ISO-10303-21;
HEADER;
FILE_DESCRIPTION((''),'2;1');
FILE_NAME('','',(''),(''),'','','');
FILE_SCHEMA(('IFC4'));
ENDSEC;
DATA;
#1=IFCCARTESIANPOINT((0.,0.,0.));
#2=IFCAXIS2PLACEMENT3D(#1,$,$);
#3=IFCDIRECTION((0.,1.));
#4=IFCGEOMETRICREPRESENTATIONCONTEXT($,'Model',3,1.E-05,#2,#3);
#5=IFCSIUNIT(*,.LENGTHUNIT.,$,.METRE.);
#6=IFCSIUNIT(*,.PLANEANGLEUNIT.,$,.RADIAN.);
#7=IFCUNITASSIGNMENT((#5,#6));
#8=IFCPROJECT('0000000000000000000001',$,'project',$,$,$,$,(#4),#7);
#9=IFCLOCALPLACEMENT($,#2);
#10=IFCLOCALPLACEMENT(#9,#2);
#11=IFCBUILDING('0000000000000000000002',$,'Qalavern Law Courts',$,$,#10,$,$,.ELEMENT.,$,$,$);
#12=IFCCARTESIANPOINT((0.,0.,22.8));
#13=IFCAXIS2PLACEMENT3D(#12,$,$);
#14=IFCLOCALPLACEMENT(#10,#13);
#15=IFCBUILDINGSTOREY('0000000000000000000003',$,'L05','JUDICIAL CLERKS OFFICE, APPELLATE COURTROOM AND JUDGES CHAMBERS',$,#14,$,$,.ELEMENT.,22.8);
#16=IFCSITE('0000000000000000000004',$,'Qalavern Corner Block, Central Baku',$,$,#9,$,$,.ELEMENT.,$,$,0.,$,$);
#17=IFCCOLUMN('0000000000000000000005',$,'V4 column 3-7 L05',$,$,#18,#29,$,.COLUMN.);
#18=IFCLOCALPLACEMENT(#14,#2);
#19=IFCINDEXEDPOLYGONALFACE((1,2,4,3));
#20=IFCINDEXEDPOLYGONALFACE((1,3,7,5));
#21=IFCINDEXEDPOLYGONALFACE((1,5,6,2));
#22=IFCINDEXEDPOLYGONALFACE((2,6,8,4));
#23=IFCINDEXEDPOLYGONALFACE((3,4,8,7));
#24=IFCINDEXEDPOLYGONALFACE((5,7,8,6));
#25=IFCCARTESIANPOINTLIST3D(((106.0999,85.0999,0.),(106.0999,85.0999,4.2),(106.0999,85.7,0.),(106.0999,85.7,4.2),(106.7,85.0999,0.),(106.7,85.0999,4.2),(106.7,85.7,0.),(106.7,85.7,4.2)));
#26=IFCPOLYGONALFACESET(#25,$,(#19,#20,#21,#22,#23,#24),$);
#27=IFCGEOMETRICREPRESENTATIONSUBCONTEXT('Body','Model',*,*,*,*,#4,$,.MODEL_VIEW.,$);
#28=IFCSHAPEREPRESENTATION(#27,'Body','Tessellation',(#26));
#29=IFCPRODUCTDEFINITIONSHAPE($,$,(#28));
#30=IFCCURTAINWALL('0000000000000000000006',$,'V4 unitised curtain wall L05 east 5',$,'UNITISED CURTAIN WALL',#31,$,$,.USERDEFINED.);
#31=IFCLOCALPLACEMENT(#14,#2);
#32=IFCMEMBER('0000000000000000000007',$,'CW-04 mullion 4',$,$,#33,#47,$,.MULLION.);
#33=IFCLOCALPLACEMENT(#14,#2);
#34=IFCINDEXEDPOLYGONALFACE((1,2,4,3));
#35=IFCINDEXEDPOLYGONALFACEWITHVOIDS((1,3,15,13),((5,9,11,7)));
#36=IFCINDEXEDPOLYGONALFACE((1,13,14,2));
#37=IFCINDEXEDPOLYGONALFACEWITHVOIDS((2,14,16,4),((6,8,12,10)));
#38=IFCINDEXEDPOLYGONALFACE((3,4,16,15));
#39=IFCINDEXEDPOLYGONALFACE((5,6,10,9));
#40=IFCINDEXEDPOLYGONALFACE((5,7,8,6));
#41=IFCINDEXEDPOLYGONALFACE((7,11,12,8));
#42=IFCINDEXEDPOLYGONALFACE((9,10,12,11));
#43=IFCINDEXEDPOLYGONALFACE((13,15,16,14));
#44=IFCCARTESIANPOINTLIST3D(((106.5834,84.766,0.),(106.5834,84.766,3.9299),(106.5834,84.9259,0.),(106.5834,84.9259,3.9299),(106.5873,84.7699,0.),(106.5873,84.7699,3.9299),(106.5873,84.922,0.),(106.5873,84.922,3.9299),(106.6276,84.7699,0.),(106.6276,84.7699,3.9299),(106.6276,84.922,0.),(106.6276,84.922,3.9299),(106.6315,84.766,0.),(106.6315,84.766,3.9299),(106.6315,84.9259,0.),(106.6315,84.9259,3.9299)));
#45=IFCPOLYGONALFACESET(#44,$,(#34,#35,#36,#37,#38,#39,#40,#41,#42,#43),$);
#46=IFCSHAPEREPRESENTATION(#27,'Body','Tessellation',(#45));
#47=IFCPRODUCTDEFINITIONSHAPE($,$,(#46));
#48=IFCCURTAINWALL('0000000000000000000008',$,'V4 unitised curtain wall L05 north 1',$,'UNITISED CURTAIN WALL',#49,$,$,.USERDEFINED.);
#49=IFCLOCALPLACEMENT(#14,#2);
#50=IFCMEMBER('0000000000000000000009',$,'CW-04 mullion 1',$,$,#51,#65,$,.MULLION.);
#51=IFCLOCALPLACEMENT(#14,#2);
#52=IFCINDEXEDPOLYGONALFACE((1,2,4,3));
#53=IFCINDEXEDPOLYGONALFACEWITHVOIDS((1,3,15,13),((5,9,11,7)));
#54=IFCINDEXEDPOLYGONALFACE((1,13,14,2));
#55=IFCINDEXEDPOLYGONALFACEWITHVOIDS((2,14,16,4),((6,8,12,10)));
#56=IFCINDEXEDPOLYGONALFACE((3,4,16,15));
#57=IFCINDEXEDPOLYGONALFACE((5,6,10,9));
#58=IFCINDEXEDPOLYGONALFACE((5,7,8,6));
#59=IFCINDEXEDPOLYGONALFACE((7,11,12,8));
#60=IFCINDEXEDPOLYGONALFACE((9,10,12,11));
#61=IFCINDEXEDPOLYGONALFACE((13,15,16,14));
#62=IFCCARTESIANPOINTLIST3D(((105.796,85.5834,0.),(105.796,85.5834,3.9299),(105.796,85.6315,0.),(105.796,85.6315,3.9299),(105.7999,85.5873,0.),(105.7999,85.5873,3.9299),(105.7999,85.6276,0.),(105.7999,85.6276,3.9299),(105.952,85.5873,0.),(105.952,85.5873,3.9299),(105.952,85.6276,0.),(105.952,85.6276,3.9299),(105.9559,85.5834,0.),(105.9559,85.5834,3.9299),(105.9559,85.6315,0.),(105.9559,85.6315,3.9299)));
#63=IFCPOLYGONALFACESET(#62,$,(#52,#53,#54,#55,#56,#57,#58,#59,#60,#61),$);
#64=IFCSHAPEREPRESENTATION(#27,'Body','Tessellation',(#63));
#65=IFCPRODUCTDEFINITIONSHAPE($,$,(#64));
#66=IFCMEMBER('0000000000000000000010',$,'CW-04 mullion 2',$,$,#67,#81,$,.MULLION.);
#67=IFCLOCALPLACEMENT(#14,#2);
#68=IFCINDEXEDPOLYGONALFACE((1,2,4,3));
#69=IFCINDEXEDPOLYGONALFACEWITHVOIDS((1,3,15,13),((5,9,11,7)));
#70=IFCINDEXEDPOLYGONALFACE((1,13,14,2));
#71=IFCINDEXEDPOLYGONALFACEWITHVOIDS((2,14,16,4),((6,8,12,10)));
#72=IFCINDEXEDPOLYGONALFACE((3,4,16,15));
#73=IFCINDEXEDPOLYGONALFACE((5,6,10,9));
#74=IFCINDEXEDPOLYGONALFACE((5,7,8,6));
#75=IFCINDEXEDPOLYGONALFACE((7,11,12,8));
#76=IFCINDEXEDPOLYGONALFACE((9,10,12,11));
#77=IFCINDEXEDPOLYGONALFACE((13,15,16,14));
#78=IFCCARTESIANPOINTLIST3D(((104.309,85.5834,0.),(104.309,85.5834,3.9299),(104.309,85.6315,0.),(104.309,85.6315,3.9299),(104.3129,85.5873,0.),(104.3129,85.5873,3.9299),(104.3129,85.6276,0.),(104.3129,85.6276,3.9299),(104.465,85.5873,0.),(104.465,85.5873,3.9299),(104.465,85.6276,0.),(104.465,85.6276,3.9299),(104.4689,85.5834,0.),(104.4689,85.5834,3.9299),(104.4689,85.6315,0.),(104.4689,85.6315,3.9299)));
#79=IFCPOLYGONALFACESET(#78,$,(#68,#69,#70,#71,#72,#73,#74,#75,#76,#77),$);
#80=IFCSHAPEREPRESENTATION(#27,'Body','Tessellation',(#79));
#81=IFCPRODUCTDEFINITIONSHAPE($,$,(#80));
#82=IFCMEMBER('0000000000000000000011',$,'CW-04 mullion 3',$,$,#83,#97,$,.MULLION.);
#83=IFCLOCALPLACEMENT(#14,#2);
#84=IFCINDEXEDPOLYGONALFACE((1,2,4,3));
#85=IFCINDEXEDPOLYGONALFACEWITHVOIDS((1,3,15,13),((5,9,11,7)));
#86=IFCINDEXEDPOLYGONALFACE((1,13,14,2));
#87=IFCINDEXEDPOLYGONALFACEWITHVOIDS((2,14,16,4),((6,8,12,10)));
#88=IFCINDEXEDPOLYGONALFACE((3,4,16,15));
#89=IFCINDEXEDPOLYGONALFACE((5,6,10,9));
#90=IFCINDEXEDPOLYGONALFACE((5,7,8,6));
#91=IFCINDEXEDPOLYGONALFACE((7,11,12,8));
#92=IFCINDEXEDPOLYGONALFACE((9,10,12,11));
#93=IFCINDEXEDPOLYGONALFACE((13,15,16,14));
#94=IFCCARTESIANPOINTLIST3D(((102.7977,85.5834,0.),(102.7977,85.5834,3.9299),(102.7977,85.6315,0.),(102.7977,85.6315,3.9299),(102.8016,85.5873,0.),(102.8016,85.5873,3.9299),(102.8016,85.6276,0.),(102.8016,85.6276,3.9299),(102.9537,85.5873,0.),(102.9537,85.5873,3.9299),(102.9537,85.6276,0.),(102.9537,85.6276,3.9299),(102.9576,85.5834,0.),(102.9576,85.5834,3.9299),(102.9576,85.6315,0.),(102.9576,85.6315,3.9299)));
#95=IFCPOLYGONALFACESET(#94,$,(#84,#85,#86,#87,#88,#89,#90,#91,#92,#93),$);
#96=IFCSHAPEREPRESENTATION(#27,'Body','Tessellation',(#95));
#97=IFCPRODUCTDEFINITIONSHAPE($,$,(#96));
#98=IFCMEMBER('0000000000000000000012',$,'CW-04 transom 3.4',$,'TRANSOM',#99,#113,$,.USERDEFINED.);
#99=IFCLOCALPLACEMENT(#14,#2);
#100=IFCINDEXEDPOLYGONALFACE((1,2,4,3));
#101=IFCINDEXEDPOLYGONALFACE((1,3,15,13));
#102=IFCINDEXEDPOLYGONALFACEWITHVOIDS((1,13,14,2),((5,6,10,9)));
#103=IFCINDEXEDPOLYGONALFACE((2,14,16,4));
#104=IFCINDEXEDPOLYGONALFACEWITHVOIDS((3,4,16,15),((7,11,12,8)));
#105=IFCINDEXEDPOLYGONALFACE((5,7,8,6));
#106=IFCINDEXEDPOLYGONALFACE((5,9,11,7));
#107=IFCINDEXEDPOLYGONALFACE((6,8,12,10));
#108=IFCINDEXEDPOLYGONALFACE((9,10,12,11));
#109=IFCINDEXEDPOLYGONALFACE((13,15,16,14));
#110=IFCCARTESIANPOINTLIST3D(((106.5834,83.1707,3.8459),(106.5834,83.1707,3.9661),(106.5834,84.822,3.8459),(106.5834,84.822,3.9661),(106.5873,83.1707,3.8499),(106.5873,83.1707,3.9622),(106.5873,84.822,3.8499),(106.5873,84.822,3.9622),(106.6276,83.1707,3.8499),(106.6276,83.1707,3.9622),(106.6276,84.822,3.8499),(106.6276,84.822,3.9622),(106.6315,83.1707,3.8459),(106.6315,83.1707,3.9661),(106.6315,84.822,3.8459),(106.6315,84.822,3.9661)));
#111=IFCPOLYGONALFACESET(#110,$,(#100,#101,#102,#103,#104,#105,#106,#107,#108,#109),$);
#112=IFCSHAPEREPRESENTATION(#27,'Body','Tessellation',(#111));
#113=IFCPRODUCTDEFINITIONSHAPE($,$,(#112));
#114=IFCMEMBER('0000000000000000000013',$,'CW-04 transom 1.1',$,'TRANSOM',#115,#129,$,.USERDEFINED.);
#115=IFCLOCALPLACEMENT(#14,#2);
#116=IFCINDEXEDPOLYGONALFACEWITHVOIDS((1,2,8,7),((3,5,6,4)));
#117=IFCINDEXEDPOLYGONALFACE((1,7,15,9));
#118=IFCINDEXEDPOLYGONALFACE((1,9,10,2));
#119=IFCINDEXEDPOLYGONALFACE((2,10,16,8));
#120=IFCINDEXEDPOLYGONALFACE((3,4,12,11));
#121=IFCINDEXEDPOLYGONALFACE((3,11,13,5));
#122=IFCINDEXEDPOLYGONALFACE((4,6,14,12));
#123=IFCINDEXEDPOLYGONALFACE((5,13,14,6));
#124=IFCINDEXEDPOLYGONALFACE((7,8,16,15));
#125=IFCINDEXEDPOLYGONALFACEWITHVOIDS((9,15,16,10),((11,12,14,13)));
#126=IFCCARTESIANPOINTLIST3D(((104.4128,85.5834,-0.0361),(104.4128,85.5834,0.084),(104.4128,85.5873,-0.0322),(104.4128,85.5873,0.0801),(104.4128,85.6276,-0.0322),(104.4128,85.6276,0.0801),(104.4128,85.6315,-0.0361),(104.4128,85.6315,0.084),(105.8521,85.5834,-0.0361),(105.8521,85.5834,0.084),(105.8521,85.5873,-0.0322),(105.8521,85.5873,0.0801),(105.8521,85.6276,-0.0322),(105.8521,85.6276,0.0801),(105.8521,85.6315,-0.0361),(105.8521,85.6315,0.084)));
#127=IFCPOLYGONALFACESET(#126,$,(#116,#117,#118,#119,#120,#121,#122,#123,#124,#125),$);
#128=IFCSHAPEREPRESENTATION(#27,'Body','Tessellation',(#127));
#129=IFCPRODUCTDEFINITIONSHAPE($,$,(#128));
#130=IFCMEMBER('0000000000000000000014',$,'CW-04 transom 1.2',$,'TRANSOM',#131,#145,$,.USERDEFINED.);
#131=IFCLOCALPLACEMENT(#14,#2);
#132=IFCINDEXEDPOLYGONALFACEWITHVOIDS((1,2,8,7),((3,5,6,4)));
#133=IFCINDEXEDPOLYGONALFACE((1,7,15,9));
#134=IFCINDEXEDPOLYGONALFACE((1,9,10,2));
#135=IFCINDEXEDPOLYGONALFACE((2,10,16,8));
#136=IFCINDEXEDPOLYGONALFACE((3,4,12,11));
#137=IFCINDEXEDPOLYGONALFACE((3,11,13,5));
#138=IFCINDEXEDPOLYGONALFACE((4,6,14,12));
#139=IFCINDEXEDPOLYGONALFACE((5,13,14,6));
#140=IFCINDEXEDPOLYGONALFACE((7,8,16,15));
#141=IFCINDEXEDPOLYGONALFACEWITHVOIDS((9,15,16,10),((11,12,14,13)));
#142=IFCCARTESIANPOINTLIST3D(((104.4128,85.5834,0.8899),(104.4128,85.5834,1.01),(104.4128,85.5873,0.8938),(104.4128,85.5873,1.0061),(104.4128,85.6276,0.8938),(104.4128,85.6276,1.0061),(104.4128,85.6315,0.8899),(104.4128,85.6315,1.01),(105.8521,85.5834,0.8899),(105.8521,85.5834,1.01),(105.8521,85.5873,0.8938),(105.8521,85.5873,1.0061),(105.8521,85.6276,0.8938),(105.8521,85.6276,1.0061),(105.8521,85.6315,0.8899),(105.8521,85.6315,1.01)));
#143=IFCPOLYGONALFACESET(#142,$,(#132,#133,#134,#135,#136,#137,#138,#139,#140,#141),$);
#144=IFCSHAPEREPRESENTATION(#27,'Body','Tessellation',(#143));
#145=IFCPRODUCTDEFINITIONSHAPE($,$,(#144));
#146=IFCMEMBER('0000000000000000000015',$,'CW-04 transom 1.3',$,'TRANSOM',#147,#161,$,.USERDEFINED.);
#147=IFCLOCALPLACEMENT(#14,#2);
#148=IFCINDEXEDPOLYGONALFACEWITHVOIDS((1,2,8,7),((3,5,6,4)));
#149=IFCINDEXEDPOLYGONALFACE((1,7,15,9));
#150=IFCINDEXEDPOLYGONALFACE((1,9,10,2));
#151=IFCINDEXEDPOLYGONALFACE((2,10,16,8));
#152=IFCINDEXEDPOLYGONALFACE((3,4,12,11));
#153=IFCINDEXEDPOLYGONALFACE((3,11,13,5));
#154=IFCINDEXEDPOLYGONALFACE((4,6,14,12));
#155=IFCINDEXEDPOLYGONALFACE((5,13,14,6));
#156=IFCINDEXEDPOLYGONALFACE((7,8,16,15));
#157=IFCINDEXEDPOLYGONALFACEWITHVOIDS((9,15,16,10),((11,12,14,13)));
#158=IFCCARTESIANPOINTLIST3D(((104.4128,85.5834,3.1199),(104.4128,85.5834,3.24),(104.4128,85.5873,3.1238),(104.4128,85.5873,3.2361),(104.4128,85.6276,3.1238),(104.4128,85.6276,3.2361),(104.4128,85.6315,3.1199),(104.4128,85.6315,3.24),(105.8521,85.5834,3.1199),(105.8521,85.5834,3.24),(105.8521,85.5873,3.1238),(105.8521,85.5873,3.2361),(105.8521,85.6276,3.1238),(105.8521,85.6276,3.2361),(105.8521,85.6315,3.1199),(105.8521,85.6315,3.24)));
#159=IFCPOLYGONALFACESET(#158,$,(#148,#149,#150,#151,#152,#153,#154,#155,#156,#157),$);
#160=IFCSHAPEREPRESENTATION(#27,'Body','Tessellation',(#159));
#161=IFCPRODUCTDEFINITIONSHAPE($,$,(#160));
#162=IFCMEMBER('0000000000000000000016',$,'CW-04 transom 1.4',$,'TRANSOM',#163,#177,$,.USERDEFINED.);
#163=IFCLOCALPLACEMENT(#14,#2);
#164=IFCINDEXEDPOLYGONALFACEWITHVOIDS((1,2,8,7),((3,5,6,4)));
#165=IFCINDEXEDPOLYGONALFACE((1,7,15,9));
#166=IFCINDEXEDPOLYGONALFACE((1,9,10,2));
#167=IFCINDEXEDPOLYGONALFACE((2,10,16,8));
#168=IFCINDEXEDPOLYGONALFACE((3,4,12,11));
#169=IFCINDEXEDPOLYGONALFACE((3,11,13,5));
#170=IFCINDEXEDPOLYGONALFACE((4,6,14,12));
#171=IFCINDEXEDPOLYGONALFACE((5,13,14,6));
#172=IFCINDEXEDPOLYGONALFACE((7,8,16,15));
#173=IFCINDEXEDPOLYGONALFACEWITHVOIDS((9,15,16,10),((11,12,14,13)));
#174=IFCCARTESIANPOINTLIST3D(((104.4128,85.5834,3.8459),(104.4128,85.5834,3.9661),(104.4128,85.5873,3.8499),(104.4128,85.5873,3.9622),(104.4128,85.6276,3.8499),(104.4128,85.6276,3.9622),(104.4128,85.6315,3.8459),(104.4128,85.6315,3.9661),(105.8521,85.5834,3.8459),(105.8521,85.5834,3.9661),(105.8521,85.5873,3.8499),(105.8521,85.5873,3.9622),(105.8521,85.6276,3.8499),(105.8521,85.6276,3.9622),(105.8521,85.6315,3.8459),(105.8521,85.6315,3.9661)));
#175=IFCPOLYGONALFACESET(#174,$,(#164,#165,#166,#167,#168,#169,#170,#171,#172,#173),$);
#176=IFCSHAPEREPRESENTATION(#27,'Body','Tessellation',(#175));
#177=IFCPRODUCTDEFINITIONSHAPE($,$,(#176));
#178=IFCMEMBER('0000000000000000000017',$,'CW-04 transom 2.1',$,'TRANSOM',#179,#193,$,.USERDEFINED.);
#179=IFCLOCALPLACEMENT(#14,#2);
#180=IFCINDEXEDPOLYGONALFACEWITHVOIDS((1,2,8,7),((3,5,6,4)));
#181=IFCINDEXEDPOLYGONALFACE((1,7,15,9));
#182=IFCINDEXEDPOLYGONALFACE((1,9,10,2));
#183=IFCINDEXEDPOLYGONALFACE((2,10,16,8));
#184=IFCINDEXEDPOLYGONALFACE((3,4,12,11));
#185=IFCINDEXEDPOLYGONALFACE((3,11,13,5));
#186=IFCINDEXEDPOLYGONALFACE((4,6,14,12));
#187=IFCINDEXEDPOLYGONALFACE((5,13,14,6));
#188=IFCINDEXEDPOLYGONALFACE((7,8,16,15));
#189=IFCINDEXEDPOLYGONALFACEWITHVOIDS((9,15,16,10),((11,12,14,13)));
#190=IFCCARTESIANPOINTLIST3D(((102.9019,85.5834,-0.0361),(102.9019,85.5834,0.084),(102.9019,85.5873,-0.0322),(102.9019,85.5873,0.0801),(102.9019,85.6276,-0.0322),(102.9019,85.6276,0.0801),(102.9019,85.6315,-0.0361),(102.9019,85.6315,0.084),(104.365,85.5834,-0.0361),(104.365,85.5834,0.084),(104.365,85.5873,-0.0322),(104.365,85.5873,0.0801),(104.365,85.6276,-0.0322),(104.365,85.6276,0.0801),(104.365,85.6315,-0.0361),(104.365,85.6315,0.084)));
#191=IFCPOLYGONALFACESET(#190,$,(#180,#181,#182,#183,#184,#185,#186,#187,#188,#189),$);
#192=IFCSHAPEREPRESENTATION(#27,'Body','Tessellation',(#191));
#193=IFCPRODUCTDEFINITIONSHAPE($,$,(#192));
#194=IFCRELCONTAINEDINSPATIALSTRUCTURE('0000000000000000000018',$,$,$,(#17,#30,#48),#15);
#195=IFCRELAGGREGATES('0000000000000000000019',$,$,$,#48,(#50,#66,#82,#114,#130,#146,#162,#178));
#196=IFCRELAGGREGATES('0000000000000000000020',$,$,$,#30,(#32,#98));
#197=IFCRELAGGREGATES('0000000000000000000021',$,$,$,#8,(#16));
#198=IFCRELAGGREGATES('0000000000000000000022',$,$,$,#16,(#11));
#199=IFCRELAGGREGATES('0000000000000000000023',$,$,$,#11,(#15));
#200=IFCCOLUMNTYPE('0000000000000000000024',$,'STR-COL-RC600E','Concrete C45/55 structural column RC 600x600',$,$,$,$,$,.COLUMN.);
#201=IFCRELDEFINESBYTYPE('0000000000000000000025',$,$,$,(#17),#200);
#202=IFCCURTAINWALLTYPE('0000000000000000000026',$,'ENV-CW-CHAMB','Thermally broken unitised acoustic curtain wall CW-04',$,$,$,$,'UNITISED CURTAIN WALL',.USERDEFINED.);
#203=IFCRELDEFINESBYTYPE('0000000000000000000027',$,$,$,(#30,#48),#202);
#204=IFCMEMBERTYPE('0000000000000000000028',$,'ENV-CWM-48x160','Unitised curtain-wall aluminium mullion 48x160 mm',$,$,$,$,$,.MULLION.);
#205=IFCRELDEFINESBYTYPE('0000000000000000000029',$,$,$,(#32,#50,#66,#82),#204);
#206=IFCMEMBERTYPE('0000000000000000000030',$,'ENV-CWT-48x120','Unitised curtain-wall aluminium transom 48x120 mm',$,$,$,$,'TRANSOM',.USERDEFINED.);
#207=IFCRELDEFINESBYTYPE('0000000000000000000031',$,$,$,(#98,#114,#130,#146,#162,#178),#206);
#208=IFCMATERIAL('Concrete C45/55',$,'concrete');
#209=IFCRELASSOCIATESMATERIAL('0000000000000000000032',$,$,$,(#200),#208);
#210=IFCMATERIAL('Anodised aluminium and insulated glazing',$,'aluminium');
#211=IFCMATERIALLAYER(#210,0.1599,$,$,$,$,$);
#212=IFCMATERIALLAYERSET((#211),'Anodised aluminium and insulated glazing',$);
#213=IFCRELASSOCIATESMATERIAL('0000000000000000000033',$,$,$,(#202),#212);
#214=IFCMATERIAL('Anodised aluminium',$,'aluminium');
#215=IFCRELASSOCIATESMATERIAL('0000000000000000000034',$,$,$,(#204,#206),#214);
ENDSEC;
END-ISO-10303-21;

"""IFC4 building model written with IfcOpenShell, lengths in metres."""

from ifc_helpers import new_model, si_unit, direction, frame, origin, origin_2d, place, context, subcontext, project, spatial, rectangle, hollow_rectangle, extrude, material, layer, layer_set, material_profile, profile_set, type_object, element, aggregate, save


model = new_model("IFC4")

# Units and contexts
model_context = context("Model", 3, precision=1e-05, world=origin(), true_north=direction((0.0, 1.0)))
body_context = subcontext(model_context, "Body", "Model", "MODEL_VIEW")
ifc_project = project(units=[si_unit("LENGTHUNIT", "METRE"), si_unit("PLANEANGLEUNIT", "RADIAN")], contexts=[model_context])

# Site, building, storey
site_placement = place(None, origin())
site = spatial("IfcSite", under=ifc_project, at=site_placement, Name="Qalavern Corner Block, Central Baku", CompositionType="ELEMENT", RefElevation=0.0)
building_placement = place(site_placement, origin())
building = spatial("IfcBuilding", under=site, at=building_placement, Name="Qalavern Law Courts", CompositionType="ELEMENT")
storey_placement = place(building_placement, frame((0.0, 0.0, 22.8)))
storey = spatial("IfcBuildingStorey", under=building, at=storey_placement, Name="L05", Description="JUDICIAL CLERKS OFFICE, APPELLATE COURTROOM AND JUDGES CHAMBERS", CompositionType="ELEMENT", Elevation=22.8)

# Column
ifc_material_1 = material(Name="Concrete C45/55", Category="concrete")
ifc_material_profile_1 = material_profile(ifc_material_1, rectangle(XDim=0.6001, YDim=0.6001, at=origin_2d()), Name="RC 600x600")
ifc_profile_set_1 = profile_set([ifc_material_profile_1], Name="Concrete C45/55")
column_type = type_object("IfcColumnType", Name="STR-COL-RC600E", Description="Concrete C45/55 structural column RC 600x600", PredefinedType="COLUMN", material=ifc_profile_set_1)
column_placement = place(storey_placement, frame((106.3999, 85.3999, 0.0), z_axis=(0.0, 0.0, 1.0), x_axis=(1.0, 0.0, 0.0)))
element("IfcColumn", 1, at=column_placement, inside=storey, type_object=column_type, Name="V4 column 3-7 L05", PredefinedType="COLUMN", context=body_context, shape_type="SweptSolid", body=[
    extrude(rectangle(XDim=0.6001, YDim=0.6001, at=origin_2d()), origin(), (0.0, 0.0, 1.0), 4.2),
])

# Curtain wall, member
ifc_material_2 = material(Name="Anodised aluminium and insulated glazing", Category="aluminium")
ifc_layer_1 = layer(ifc_material_2, 0.1599)
ifc_layer_set_1 = layer_set([ifc_layer_1], Name="Anodised aluminium and insulated glazing")
curtain_wall_type = type_object("IfcCurtainWallType", Name="ENV-CW-CHAMB", Description="Thermally broken unitised acoustic curtain wall CW-04", ElementType="UNITISED CURTAIN WALL", PredefinedType="USERDEFINED", material=ifc_layer_set_1)
curtain_wall_1_placement = place(storey_placement, origin())
curtain_wall_1 = element("IfcCurtainWall", 2, at=curtain_wall_1_placement, inside=storey, type_object=curtain_wall_type, Name="V4 unitised curtain wall L05 east 5", ObjectType="UNITISED CURTAIN WALL", PredefinedType="USERDEFINED")
ifc_material_3 = material(Name="Anodised aluminium", Category="aluminium")
ifc_material_profile_2 = material_profile(ifc_material_3, hollow_rectangle(XDim=0.0481, YDim=0.1599, WallThickness=0.0039, at=origin_2d()), Name="ALU MULLION 48x160")
ifc_profile_set_2 = profile_set([ifc_material_profile_2], Name="Anodised aluminium")
member_type_1 = type_object("IfcMemberType", Name="ENV-CWM-48x160", Description="Unitised curtain-wall aluminium mullion 48x160 mm", PredefinedType="MULLION", material=ifc_profile_set_2)
member_1_placement = place(storey_placement, frame((106.6074, 84.8459, 0.0), z_axis=(0.0, 0.0, 1.0), x_axis=(-1.0, 0.0, 0.0)))
member_1 = element("IfcMember", 3, at=member_1_placement, type_object=member_type_1, Name="CW-04 mullion 4", PredefinedType="MULLION", context=body_context, shape_type="SweptSolid", body=[
    extrude(hollow_rectangle(XDim=0.0481, YDim=0.1599, WallThickness=0.0039, at=origin_2d()), origin(), (0.0, 0.0, 1.0), 3.9299),
])

# Curtain wall, members
curtain_wall_2_placement = place(storey_placement, origin())
curtain_wall_2 = element("IfcCurtainWall", 4, at=curtain_wall_2_placement, inside=storey, type_object=curtain_wall_type, Name="V4 unitised curtain wall L05 north 1", ObjectType="UNITISED CURTAIN WALL", PredefinedType="USERDEFINED")
member_2_placement = place(storey_placement, frame((105.876, 85.6074, 0.0), z_axis=(0.0, 0.0, 1.0), x_axis=(0.0, -1.0, 0.0)))
member_2 = element("IfcMember", 5, at=member_2_placement, type_object=member_type_1, Name="CW-04 mullion 1", PredefinedType="MULLION", context=body_context, shape_type="SweptSolid", body=[
    extrude(hollow_rectangle(XDim=0.0481, YDim=0.1599, WallThickness=0.0039, at=origin_2d()), origin(), (0.0, 0.0, 1.0), 3.9299),
])
member_3_placement = place(storey_placement, frame((104.3889, 85.6074, 0.0), z_axis=(0.0, 0.0, 1.0), x_axis=(0.0, -1.0, 0.0)))
member_3 = element("IfcMember", 6, at=member_3_placement, type_object=member_type_1, Name="CW-04 mullion 2", PredefinedType="MULLION", context=body_context, shape_type="SweptSolid", body=[
    extrude(hollow_rectangle(XDim=0.0481, YDim=0.1599, WallThickness=0.0039, at=origin_2d()), origin(), (0.0, 0.0, 1.0), 3.9299),
])
member_4_placement = place(storey_placement, frame((102.8777, 85.6074, 0.0), z_axis=(0.0, 0.0, 1.0), x_axis=(0.0, -1.0, 0.0)))
member_4 = element("IfcMember", 7, at=member_4_placement, type_object=member_type_1, Name="CW-04 mullion 3", PredefinedType="MULLION", context=body_context, shape_type="SweptSolid", body=[
    extrude(hollow_rectangle(XDim=0.0481, YDim=0.1599, WallThickness=0.0039, at=origin_2d()), origin(), (0.0, 0.0, 1.0), 3.9299),
])

# Members
ifc_material_profile_3 = material_profile(ifc_material_3, hollow_rectangle(XDim=0.0481, YDim=0.1201, WallThickness=0.0039, at=origin_2d()), Name="ALU TRANSOM 48x120")
ifc_profile_set_3 = profile_set([ifc_material_profile_3], Name="Anodised aluminium")
member_type_2 = type_object("IfcMemberType", Name="ENV-CWT-48x120", Description="Unitised curtain-wall aluminium transom 48x120 mm", ElementType="TRANSOM", PredefinedType="USERDEFINED", material=ifc_profile_set_3)
member_5_placement = place(storey_placement, frame((106.6074, 83.1707, 3.906), z_axis=(0.0, 1.0, 0.0), x_axis=(-1.0, 0.0, 0.0)))
member_5 = element("IfcMember", 8, at=member_5_placement, type_object=member_type_2, Name="CW-04 transom 3.4", ObjectType="TRANSOM", PredefinedType="USERDEFINED", context=body_context, shape_type="SweptSolid", body=[
    extrude(hollow_rectangle(XDim=0.0481, YDim=0.1201, WallThickness=0.0039, at=origin_2d()), origin(), (0.0, 0.0, 1.0), 1.6514),
])
member_6_placement = place(storey_placement, frame((105.8521, 85.6074, 0.0239), z_axis=(-1.0, 0.0, 0.0), x_axis=(0.0, -1.0, 0.0)))
member_6 = element("IfcMember", 9, at=member_6_placement, type_object=member_type_2, Name="CW-04 transom 1.1", ObjectType="TRANSOM", PredefinedType="USERDEFINED", context=body_context, shape_type="SweptSolid", body=[
    extrude(hollow_rectangle(XDim=0.0481, YDim=0.1201, WallThickness=0.0039, at=origin_2d()), origin(), (0.0, 0.0, 1.0), 1.4392),
])
member_7_placement = place(storey_placement, frame((105.8521, 85.6074, 0.95), z_axis=(-1.0, 0.0, 0.0), x_axis=(0.0, -1.0, 0.0)))
member_7 = element("IfcMember", 10, at=member_7_placement, type_object=member_type_2, Name="CW-04 transom 1.2", ObjectType="TRANSOM", PredefinedType="USERDEFINED", context=body_context, shape_type="SweptSolid", body=[
    extrude(hollow_rectangle(XDim=0.0481, YDim=0.1201, WallThickness=0.0039, at=origin_2d()), origin(), (0.0, 0.0, 1.0), 1.4392),
])
member_8_placement = place(storey_placement, frame((105.8521, 85.6074, 3.1799), z_axis=(-1.0, 0.0, 0.0), x_axis=(0.0, -1.0, 0.0)))
member_8 = element("IfcMember", 11, at=member_8_placement, type_object=member_type_2, Name="CW-04 transom 1.3", ObjectType="TRANSOM", PredefinedType="USERDEFINED", context=body_context, shape_type="SweptSolid", body=[
    extrude(hollow_rectangle(XDim=0.0481, YDim=0.1201, WallThickness=0.0039, at=origin_2d()), origin(), (0.0, 0.0, 1.0), 1.4392),
])
member_9_placement = place(storey_placement, frame((105.8521, 85.6074, 3.906), z_axis=(-1.0, 0.0, 0.0), x_axis=(0.0, -1.0, 0.0)))
member_9 = element("IfcMember", 12, at=member_9_placement, type_object=member_type_2, Name="CW-04 transom 1.4", ObjectType="TRANSOM", PredefinedType="USERDEFINED", context=body_context, shape_type="SweptSolid", body=[
    extrude(hollow_rectangle(XDim=0.0481, YDim=0.1201, WallThickness=0.0039, at=origin_2d()), origin(), (0.0, 0.0, 1.0), 1.4392),
])
member_10_placement = place(storey_placement, frame((104.365, 85.6074, 0.0239), z_axis=(-1.0, 0.0, 0.0), x_axis=(0.0, -1.0, 0.0)))
member_10 = element("IfcMember", 13, at=member_10_placement, type_object=member_type_2, Name="CW-04 transom 2.1", ObjectType="TRANSOM", PredefinedType="USERDEFINED", context=body_context, shape_type="SweptSolid", body=[
    extrude(hollow_rectangle(XDim=0.0481, YDim=0.1201, WallThickness=0.0039, at=origin_2d()), origin(), (0.0, 0.0, 1.0), 1.4631),
])

aggregate(curtain_wall_2, [member_2, member_3, member_4, member_6, member_7, member_8, member_9, member_10])
aggregate(curtain_wall_1, [member_1, member_5])

save(model, "model.ifc")
